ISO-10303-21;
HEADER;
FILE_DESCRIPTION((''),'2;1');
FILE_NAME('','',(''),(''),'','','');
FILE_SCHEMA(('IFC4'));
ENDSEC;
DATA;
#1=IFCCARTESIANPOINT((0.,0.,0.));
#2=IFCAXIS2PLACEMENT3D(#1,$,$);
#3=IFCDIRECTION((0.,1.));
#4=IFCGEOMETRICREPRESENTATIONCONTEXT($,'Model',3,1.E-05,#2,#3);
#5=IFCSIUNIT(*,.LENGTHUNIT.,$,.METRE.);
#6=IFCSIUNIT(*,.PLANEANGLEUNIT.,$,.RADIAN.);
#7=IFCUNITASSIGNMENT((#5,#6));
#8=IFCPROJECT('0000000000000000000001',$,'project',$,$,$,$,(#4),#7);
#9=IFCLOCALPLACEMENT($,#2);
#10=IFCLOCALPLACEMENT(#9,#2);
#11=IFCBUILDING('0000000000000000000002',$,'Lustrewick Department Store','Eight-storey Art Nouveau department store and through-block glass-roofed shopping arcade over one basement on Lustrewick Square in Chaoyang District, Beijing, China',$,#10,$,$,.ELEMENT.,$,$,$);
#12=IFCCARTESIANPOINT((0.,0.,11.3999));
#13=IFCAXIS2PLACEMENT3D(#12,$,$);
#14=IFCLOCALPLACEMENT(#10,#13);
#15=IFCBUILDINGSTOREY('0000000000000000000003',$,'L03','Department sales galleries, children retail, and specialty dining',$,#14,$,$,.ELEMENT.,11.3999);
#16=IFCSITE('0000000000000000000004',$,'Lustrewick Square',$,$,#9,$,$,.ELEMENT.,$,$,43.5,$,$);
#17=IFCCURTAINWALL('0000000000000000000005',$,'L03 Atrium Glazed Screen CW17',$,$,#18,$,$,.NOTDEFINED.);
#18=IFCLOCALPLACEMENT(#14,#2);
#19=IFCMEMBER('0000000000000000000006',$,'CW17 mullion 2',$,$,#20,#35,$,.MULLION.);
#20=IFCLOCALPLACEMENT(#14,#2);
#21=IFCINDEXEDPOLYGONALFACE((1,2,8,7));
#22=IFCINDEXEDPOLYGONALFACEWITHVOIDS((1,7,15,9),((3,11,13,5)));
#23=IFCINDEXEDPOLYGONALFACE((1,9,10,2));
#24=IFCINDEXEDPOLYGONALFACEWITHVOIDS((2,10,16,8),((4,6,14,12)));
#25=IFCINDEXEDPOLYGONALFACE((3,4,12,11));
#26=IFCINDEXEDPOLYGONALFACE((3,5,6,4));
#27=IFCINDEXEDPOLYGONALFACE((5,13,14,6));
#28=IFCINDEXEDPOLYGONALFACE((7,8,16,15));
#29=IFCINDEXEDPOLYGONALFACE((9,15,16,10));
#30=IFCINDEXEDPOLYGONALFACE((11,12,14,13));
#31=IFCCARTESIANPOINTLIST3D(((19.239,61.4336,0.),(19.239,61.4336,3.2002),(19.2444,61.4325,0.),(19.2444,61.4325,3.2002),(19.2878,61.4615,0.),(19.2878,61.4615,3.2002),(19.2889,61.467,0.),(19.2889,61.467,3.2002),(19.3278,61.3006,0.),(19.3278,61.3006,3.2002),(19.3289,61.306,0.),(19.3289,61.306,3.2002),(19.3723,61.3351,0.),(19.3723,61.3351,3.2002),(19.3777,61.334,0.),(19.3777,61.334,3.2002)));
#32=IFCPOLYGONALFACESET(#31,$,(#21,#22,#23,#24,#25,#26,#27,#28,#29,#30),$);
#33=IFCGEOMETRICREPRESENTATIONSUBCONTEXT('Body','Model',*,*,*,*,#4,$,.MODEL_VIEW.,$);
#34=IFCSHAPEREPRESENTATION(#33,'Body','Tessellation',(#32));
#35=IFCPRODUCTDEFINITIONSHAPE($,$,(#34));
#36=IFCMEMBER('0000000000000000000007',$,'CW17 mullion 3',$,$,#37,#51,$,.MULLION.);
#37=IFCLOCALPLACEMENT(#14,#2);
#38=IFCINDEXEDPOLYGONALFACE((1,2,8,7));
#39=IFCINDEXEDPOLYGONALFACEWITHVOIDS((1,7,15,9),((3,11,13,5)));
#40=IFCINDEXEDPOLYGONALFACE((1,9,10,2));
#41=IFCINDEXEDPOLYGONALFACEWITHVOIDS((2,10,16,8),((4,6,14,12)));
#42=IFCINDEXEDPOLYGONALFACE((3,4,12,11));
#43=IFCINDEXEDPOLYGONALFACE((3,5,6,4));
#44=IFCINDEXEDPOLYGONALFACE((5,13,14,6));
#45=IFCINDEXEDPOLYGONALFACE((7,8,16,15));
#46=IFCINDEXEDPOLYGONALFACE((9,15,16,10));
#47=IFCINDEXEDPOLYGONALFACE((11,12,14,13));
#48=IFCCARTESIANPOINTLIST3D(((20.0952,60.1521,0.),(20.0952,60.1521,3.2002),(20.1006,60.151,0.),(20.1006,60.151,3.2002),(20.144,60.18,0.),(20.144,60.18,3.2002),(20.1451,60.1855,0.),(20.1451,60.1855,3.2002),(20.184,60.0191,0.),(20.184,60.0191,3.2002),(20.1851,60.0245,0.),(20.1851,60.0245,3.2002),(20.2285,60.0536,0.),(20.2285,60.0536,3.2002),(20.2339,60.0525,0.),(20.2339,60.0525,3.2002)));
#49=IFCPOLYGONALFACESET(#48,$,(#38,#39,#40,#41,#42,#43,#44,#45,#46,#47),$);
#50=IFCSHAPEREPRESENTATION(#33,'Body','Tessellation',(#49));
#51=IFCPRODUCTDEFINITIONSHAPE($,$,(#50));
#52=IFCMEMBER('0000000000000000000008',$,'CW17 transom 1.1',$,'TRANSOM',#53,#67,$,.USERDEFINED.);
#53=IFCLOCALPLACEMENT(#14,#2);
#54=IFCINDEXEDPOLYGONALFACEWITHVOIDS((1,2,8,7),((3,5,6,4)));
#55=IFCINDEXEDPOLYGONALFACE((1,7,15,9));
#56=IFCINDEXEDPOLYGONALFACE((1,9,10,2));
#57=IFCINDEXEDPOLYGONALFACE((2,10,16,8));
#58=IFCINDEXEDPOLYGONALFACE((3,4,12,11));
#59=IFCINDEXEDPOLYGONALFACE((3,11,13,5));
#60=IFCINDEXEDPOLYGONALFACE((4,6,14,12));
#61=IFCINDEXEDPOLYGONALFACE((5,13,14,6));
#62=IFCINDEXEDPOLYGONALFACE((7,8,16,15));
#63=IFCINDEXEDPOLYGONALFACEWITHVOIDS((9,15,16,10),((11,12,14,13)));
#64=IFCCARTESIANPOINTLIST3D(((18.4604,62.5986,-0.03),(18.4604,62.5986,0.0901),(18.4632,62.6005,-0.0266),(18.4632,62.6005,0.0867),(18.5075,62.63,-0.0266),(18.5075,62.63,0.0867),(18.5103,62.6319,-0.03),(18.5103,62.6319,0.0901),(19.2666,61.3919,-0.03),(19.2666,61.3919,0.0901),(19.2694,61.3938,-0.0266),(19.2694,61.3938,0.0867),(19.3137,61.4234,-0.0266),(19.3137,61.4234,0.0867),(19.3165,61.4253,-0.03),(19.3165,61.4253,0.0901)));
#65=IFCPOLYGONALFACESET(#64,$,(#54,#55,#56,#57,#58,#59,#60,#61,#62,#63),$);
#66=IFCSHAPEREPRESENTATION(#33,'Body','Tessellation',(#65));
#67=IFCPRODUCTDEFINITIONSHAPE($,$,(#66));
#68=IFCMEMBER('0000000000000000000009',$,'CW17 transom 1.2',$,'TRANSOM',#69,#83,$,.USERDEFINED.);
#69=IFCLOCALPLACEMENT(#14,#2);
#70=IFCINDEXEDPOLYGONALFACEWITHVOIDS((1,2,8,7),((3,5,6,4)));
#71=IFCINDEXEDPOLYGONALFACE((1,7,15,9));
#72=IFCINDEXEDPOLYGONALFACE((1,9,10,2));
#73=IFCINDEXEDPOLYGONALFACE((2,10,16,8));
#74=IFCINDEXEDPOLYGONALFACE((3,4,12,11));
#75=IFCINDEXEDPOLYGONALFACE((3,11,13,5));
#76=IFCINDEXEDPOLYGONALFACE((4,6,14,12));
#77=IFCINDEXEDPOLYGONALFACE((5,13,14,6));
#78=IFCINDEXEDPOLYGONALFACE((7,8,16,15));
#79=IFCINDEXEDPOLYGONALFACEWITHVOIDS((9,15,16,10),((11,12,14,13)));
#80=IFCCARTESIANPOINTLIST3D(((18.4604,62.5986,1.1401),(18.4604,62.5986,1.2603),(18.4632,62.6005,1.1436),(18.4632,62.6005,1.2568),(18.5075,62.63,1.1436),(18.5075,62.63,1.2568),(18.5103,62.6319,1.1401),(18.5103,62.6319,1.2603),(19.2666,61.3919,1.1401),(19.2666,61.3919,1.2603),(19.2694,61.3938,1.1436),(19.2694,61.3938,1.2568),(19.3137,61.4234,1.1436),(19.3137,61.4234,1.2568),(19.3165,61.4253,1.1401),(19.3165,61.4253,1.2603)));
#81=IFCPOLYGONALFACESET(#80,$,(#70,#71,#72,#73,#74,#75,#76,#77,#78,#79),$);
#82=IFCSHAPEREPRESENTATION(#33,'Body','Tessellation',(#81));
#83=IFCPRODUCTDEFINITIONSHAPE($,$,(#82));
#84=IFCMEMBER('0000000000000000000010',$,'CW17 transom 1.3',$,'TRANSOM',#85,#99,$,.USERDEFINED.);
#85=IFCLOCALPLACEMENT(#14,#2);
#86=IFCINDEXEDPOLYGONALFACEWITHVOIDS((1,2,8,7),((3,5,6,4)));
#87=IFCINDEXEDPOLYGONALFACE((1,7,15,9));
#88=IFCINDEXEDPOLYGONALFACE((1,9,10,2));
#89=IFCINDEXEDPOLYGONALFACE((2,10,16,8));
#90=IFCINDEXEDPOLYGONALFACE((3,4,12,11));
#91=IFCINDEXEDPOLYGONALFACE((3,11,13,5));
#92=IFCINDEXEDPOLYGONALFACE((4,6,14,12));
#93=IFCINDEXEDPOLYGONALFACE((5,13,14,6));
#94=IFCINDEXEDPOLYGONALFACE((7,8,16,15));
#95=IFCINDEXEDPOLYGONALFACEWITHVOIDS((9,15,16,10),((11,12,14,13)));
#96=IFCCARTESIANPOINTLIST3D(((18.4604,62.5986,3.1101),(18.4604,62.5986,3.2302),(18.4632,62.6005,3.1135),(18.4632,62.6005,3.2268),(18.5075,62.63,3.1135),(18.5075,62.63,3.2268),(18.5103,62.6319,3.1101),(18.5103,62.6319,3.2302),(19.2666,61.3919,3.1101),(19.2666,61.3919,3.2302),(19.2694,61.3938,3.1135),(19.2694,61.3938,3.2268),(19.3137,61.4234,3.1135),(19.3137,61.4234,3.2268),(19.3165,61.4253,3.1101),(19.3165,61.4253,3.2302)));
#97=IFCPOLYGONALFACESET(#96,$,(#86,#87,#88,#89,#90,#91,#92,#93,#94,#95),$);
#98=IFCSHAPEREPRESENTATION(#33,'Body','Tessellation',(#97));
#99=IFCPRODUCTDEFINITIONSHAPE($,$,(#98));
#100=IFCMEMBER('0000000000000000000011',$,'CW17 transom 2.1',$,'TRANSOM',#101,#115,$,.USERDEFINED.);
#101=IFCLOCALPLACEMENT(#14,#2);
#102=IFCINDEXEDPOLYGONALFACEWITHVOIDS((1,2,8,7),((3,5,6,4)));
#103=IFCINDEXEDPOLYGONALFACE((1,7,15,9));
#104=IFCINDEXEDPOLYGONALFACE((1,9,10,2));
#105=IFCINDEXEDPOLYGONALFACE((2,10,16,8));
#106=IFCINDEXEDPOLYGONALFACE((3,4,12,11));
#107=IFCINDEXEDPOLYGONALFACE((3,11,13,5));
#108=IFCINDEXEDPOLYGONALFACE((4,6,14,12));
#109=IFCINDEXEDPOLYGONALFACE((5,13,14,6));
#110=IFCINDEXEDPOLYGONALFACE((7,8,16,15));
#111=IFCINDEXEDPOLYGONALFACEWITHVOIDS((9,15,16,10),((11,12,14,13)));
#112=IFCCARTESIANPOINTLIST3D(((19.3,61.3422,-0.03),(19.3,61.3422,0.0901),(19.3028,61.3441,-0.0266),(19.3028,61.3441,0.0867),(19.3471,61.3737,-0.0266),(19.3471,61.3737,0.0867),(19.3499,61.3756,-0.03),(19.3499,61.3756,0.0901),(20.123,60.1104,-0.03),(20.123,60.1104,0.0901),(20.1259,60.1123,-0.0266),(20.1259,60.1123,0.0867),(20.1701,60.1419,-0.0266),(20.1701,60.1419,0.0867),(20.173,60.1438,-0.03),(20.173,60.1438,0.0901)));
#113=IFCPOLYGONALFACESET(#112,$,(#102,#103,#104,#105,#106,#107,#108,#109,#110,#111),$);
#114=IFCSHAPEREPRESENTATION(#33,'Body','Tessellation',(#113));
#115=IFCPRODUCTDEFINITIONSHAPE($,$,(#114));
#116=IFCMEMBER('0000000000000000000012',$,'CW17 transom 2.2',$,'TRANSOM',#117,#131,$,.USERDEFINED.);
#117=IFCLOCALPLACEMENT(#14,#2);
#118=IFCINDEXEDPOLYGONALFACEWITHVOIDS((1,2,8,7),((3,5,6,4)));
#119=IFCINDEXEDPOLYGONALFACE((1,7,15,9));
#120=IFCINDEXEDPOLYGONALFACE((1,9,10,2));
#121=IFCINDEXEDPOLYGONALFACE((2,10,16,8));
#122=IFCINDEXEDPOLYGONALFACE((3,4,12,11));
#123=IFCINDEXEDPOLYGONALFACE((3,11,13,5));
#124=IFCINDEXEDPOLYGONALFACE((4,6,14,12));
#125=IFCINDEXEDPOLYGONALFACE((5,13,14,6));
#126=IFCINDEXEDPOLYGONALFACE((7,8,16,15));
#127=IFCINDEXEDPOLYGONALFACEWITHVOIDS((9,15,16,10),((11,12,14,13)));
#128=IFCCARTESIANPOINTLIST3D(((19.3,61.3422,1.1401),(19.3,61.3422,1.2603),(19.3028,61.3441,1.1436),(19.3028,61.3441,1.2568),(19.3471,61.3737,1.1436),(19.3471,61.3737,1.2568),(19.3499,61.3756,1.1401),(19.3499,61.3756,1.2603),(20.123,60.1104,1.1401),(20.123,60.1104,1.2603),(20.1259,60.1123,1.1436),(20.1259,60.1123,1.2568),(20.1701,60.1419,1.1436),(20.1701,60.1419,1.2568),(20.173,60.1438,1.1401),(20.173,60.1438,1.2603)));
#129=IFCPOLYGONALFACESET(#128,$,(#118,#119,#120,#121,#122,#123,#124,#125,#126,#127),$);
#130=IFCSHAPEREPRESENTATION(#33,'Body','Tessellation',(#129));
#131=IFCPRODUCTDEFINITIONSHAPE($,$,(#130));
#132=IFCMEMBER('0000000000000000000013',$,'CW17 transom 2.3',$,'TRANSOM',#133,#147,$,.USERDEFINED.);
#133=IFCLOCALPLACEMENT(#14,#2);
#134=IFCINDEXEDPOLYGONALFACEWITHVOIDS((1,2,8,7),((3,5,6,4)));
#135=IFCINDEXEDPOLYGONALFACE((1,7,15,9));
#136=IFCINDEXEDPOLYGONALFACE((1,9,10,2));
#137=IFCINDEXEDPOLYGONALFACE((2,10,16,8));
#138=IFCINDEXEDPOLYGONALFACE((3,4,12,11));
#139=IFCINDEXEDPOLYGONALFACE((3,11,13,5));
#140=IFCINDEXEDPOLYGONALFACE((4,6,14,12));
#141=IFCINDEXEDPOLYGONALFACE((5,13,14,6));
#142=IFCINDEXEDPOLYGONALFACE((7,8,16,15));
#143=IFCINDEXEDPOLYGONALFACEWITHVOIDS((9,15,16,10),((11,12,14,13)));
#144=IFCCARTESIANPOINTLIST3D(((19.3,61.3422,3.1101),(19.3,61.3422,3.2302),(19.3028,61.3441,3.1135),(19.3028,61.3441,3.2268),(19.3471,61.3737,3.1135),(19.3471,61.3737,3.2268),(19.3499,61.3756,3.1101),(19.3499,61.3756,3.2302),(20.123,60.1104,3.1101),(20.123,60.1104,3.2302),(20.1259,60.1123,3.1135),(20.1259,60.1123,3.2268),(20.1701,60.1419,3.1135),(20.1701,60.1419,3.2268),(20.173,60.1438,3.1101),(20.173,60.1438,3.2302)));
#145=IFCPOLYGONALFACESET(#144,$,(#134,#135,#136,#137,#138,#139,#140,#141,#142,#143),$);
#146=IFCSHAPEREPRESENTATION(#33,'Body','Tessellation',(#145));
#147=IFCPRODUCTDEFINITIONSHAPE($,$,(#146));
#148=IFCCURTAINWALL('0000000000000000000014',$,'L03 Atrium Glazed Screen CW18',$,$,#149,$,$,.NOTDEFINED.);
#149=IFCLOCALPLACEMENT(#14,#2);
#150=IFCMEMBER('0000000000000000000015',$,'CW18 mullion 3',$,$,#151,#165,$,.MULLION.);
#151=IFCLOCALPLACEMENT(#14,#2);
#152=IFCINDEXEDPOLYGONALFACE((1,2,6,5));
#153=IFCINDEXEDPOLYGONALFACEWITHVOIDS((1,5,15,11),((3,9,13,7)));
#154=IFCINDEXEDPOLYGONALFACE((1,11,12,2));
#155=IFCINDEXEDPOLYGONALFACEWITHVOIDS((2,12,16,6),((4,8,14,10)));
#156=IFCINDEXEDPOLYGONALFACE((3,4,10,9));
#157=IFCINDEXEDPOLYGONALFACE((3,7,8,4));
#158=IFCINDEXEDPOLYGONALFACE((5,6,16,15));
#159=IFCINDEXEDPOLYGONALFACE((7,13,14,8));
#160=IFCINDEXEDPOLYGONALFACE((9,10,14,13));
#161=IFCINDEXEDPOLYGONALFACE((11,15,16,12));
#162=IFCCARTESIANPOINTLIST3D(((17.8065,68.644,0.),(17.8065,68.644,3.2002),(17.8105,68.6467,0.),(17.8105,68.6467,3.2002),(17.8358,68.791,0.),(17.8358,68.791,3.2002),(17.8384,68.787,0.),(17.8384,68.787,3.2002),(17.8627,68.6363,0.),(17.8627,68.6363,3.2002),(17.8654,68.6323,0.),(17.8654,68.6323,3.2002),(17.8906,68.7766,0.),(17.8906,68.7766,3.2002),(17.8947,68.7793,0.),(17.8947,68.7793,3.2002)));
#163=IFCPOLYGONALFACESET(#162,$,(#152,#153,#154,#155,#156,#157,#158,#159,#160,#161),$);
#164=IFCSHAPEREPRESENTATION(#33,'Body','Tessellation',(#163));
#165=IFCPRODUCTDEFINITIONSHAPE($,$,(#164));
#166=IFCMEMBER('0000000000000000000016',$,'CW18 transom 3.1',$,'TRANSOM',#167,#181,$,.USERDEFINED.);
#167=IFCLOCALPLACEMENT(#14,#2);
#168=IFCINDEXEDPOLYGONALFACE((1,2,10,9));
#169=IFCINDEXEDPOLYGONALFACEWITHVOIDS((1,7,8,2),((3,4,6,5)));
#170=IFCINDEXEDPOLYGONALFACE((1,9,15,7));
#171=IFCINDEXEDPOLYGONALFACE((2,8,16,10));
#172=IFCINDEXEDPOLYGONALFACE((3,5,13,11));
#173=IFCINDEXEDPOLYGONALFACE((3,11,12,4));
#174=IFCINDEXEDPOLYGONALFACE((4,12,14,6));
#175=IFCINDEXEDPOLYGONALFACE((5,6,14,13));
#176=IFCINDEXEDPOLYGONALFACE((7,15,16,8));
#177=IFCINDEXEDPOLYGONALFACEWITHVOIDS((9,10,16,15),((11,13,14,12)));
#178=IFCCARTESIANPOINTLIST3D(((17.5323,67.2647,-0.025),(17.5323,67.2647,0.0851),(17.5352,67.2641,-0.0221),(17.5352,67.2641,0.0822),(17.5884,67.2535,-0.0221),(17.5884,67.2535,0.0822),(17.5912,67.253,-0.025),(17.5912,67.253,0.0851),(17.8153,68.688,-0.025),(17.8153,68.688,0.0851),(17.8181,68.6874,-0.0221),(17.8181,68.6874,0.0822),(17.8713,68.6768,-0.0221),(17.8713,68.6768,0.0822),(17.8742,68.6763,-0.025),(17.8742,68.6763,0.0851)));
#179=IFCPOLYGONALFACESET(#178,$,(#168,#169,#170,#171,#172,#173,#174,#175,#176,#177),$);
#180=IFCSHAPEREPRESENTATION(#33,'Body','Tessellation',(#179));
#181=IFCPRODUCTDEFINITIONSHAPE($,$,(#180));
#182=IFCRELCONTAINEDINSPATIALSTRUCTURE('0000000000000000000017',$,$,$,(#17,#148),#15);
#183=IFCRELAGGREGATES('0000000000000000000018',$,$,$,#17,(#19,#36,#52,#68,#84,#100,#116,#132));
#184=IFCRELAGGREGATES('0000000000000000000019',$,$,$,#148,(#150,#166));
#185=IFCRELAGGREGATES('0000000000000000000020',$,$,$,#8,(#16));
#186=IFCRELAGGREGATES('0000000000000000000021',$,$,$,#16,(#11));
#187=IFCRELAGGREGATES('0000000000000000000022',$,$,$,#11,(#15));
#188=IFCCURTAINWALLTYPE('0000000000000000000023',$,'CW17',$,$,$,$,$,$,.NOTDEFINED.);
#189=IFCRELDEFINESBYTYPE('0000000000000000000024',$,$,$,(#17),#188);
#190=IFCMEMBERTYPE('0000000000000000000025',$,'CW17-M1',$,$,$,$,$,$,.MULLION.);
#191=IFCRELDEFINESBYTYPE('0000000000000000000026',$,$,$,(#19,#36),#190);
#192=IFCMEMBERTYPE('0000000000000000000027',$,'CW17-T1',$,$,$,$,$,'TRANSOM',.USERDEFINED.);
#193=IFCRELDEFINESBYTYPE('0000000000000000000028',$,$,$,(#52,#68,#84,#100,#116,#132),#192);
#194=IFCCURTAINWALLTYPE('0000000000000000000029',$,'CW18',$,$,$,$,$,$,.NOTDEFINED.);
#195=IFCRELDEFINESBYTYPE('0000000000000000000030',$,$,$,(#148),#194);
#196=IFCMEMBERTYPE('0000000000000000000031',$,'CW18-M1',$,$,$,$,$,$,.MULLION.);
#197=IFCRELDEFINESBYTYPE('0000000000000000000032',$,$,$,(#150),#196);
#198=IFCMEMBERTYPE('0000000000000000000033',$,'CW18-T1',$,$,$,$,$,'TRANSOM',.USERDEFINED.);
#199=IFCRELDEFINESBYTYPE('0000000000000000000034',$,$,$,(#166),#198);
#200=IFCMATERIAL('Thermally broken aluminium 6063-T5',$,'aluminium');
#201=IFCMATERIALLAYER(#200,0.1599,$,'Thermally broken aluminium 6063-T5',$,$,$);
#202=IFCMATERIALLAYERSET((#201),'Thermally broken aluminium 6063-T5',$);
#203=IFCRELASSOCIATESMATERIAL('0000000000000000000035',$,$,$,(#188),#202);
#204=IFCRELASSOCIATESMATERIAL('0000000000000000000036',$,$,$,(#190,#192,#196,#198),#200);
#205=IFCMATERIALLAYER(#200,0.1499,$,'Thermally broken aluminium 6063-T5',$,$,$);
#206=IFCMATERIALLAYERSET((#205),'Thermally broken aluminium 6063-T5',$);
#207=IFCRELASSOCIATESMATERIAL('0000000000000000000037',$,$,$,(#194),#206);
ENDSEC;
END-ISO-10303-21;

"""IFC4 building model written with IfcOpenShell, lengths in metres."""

from ifc_helpers import new_model, si_unit, direction, frame, origin, origin_2d, place, context, subcontext, project, spatial, hollow_rectangle, extrude, material, layer, layer_set, material_profile, profile_set, type_object, element, aggregate, save


model = new_model("IFC4")

# Units and contexts
model_context = context("Model", 3, precision=1e-05, world=origin(), true_north=direction((0.0, 1.0)))
body_context = subcontext(model_context, "Body", "Model", "MODEL_VIEW")
ifc_project = project(units=[si_unit("LENGTHUNIT", "METRE"), si_unit("PLANEANGLEUNIT", "RADIAN")], contexts=[model_context])

# Site, building, storey
site_placement = place(None, origin())
site = spatial("IfcSite", under=ifc_project, at=site_placement, Name="Lustrewick Square", CompositionType="ELEMENT", RefElevation=43.5)
building_placement = place(site_placement, origin())
building = spatial("IfcBuilding", under=site, at=building_placement, Name="Lustrewick Department Store", Description="Eight-storey Art Nouveau department store and through-block glass-roofed shopping arcade over one basement on Lustrewick Square in Chaoyang District, Beijing, China", CompositionType="ELEMENT")
storey_placement = place(building_placement, frame((0.0, 0.0, 11.3999)))
storey = spatial("IfcBuildingStorey", under=building, at=storey_placement, Name="L03", Description="Department sales galleries, children retail, and specialty dining", CompositionType="ELEMENT", Elevation=11.3999)

# Curtain walls, members
ifc_material_1 = material(Name="Thermally broken aluminium 6063-T5", Category="aluminium")
ifc_layer_1 = layer(ifc_material_1, 0.1599, Name="Thermally broken aluminium 6063-T5")
ifc_layer_set_1 = layer_set([ifc_layer_1], Name="Thermally broken aluminium 6063-T5")
curtain_wall_type_1 = type_object("IfcCurtainWallType", Name="CW17", PredefinedType="NOTDEFINED", material=ifc_layer_set_1)
curtain_wall_1_placement = place(storey_placement, origin())
curtain_wall_1 = element("IfcCurtainWall", 1, at=curtain_wall_1_placement, inside=storey, type_object=curtain_wall_type_1, Name="L03 Atrium Glazed Screen CW17", PredefinedType="NOTDEFINED")
ifc_material_profile_1 = material_profile(ifc_material_1, hollow_rectangle(XDim=0.0601, YDim=0.1599, WallThickness=0.0039, at=origin_2d()), Name="ALU-M 60x160x4")
ifc_profile_set_1 = profile_set([ifc_material_profile_1], Name="Thermally broken aluminium 6063-T5")
member_type_1 = type_object("IfcMemberType", Name="CW17-M1", PredefinedType="MULLION", material=ifc_profile_set_1)
member_1_placement = place(storey_placement, frame((19.3083, 61.3838, 0.0), z_axis=(0.0, 0.0, 1.0), x_axis=(0.831464, 0.555578, 0.0)))
member_1 = element("IfcMember", 2, at=member_1_placement, type_object=member_type_1, Name="CW17 mullion 2", PredefinedType="MULLION", context=body_context, shape_type="SweptSolid", body=[
    extrude(hollow_rectangle(XDim=0.0601, YDim=0.1599, WallThickness=0.0039, at=origin_2d()), origin(), (0.0, 0.0, 1.0), 3.2002),
])
member_2_placement = place(storey_placement, frame((20.1646, 60.1023, 0.0), z_axis=(0.0, 0.0, 1.0), x_axis=(0.831464, 0.555578, 0.0)))
member_2 = element("IfcMember", 3, at=member_2_placement, type_object=member_type_1, Name="CW17 mullion 3", PredefinedType="MULLION", context=body_context, shape_type="SweptSolid", body=[
    extrude(hollow_rectangle(XDim=0.0601, YDim=0.1599, WallThickness=0.0039, at=origin_2d()), origin(), (0.0, 0.0, 1.0), 3.2002),
])
ifc_material_profile_2 = material_profile(ifc_material_1, hollow_rectangle(XDim=0.0601, YDim=0.1201, WallThickness=0.0034, at=origin_2d()), Name="ALU-T 60x120x3.5")
ifc_profile_set_2 = profile_set([ifc_material_profile_2], Name="Thermally broken aluminium 6063-T5")
member_type_2 = type_object("IfcMemberType", Name="CW17-T1", ElementType="TRANSOM", PredefinedType="USERDEFINED", material=ifc_profile_set_2)
member_3_placement = place(storey_placement, frame((18.4854, 62.6152, 0.03), z_axis=(0.555554, -0.83148, 0.0), x_axis=(0.83148, 0.555554, 0.0)))
member_3 = element("IfcMember", 4, at=member_3_placement, type_object=member_type_2, Name="CW17 transom 1.1", ObjectType="TRANSOM", PredefinedType="USERDEFINED", context=body_context, shape_type="SweptSolid", body=[
    extrude(hollow_rectangle(XDim=0.0601, YDim=0.1201, WallThickness=0.0034, at=origin_2d()), origin(), (0.0, 0.0, 1.0), 1.4512),
])
member_4_placement = place(storey_placement, frame((18.4854, 62.6152, 1.2002), z_axis=(0.555554, -0.83148, 0.0), x_axis=(0.83148, 0.555554, 0.0)))
member_4 = element("IfcMember", 5, at=member_4_placement, type_object=member_type_2, Name="CW17 transom 1.2", ObjectType="TRANSOM", PredefinedType="USERDEFINED", context=body_context, shape_type="SweptSolid", body=[
    extrude(hollow_rectangle(XDim=0.0601, YDim=0.1201, WallThickness=0.0034, at=origin_2d()), origin(), (0.0, 0.0, 1.0), 1.4512),
])
member_5_placement = place(storey_placement, frame((18.4854, 62.6152, 3.1702), z_axis=(0.555554, -0.83148, 0.0), x_axis=(0.83148, 0.555554, 0.0)))
member_5 = element("IfcMember", 6, at=member_5_placement, type_object=member_type_2, Name="CW17 transom 1.3", ObjectType="TRANSOM", PredefinedType="USERDEFINED", context=body_context, shape_type="SweptSolid", body=[
    extrude(hollow_rectangle(XDim=0.0601, YDim=0.1201, WallThickness=0.0034, at=origin_2d()), origin(), (0.0, 0.0, 1.0), 1.4512),
])
member_6_placement = place(storey_placement, frame((19.325, 61.3589, 0.03), z_axis=(0.555575, -0.831467, 0.0), x_axis=(0.831467, 0.555575, 0.0)))
member_6 = element("IfcMember", 7, at=member_6_placement, type_object=member_type_2, Name="CW17 transom 2.1", ObjectType="TRANSOM", PredefinedType="USERDEFINED", context=body_context, shape_type="SweptSolid", body=[
    extrude(hollow_rectangle(XDim=0.0601, YDim=0.1201, WallThickness=0.0034, at=origin_2d()), origin(), (0.0, 0.0, 1.0), 1.4814),
])
member_7_placement = place(storey_placement, frame((19.325, 61.3589, 1.2002), z_axis=(0.555575, -0.831467, 0.0), x_axis=(0.831467, 0.555575, 0.0)))
member_7 = element("IfcMember", 8, at=member_7_placement, type_object=member_type_2, Name="CW17 transom 2.2", ObjectType="TRANSOM", PredefinedType="USERDEFINED", context=body_context, shape_type="SweptSolid", body=[
    extrude(hollow_rectangle(XDim=0.0601, YDim=0.1201, WallThickness=0.0034, at=origin_2d()), origin(), (0.0, 0.0, 1.0), 1.4814),
])
member_8_placement = place(storey_placement, frame((19.325, 61.3589, 3.1702), z_axis=(0.555575, -0.831467, 0.0), x_axis=(0.831467, 0.555575, 0.0)))
member_8 = element("IfcMember", 9, at=member_8_placement, type_object=member_type_2, Name="CW17 transom 2.3", ObjectType="TRANSOM", PredefinedType="USERDEFINED", context=body_context, shape_type="SweptSolid", body=[
    extrude(hollow_rectangle(XDim=0.0601, YDim=0.1201, WallThickness=0.0034, at=origin_2d()), origin(), (0.0, 0.0, 1.0), 1.4814),
])
ifc_layer_2 = layer(ifc_material_1, 0.1499, Name="Thermally broken aluminium 6063-T5")
ifc_layer_set_2 = layer_set([ifc_layer_2], Name="Thermally broken aluminium 6063-T5")
curtain_wall_type_2 = type_object("IfcCurtainWallType", Name="CW18", PredefinedType="NOTDEFINED", material=ifc_layer_set_2)
curtain_wall_2_placement = place(storey_placement, origin())
curtain_wall_2 = element("IfcCurtainWall", 10, at=curtain_wall_2_placement, inside=storey, type_object=curtain_wall_type_2, Name="L03 Atrium Glazed Screen CW18", PredefinedType="NOTDEFINED")
ifc_material_profile_3 = material_profile(ifc_material_1, hollow_rectangle(XDim=0.0601, YDim=0.1499, WallThickness=0.0034, at=origin_2d()), Name="ALU-M 60x150x3.5")
ifc_profile_set_3 = profile_set([ifc_material_profile_3], Name="Thermally broken aluminium 6063-T5")
member_type_3 = type_object("IfcMemberType", Name="CW18-M1", PredefinedType="MULLION", material=ifc_profile_set_3)
member_9_placement = place(storey_placement, frame((17.8506, 68.7117, 0.0), z_axis=(0.0, 0.0, 1.0), x_axis=(0.980786, -0.195085, 0.0)))
member_9 = element("IfcMember", 11, at=member_9_placement, type_object=member_type_3, Name="CW18 mullion 3", PredefinedType="MULLION", context=body_context, shape_type="SweptSolid", body=[
    extrude(hollow_rectangle(XDim=0.0601, YDim=0.1499, WallThickness=0.0034, at=origin_2d()), origin(), (0.0, 0.0, 1.0), 3.2002),
])
ifc_material_profile_4 = material_profile(ifc_material_1, hollow_rectangle(XDim=0.0601, YDim=0.1101, WallThickness=0.0029, at=origin_2d()), Name="ALU-T 60x110x3")
ifc_profile_set_4 = profile_set([ifc_material_profile_4], Name="Thermally broken aluminium 6063-T5")
member_type_4 = type_object("IfcMemberType", Name="CW18-T1", ElementType="TRANSOM", PredefinedType="USERDEFINED", material=ifc_profile_set_4)
member_10_placement = place(storey_placement, frame((17.8447, 68.6821, 0.03), z_axis=(-0.194984, -0.980806, 0.0), x_axis=(0.980806, -0.194984, 0.0)))
member_10 = element("IfcMember", 12, at=member_10_placement, type_object=member_type_4, Name="CW18 transom 3.1", ObjectType="TRANSOM", PredefinedType="USERDEFINED", context=body_context, shape_type="SweptSolid", body=[
    extrude(hollow_rectangle(XDim=0.0601, YDim=0.1101, WallThickness=0.0029, at=origin_2d()), origin(), (0.0, 0.0, 1.0), 1.4512),
])

aggregate(curtain_wall_1, [member_1, member_2, member_3, member_4, member_5, member_6, member_7, member_8])
aggregate(curtain_wall_2, [member_9, member_10])

save(model, "model.ifc")
